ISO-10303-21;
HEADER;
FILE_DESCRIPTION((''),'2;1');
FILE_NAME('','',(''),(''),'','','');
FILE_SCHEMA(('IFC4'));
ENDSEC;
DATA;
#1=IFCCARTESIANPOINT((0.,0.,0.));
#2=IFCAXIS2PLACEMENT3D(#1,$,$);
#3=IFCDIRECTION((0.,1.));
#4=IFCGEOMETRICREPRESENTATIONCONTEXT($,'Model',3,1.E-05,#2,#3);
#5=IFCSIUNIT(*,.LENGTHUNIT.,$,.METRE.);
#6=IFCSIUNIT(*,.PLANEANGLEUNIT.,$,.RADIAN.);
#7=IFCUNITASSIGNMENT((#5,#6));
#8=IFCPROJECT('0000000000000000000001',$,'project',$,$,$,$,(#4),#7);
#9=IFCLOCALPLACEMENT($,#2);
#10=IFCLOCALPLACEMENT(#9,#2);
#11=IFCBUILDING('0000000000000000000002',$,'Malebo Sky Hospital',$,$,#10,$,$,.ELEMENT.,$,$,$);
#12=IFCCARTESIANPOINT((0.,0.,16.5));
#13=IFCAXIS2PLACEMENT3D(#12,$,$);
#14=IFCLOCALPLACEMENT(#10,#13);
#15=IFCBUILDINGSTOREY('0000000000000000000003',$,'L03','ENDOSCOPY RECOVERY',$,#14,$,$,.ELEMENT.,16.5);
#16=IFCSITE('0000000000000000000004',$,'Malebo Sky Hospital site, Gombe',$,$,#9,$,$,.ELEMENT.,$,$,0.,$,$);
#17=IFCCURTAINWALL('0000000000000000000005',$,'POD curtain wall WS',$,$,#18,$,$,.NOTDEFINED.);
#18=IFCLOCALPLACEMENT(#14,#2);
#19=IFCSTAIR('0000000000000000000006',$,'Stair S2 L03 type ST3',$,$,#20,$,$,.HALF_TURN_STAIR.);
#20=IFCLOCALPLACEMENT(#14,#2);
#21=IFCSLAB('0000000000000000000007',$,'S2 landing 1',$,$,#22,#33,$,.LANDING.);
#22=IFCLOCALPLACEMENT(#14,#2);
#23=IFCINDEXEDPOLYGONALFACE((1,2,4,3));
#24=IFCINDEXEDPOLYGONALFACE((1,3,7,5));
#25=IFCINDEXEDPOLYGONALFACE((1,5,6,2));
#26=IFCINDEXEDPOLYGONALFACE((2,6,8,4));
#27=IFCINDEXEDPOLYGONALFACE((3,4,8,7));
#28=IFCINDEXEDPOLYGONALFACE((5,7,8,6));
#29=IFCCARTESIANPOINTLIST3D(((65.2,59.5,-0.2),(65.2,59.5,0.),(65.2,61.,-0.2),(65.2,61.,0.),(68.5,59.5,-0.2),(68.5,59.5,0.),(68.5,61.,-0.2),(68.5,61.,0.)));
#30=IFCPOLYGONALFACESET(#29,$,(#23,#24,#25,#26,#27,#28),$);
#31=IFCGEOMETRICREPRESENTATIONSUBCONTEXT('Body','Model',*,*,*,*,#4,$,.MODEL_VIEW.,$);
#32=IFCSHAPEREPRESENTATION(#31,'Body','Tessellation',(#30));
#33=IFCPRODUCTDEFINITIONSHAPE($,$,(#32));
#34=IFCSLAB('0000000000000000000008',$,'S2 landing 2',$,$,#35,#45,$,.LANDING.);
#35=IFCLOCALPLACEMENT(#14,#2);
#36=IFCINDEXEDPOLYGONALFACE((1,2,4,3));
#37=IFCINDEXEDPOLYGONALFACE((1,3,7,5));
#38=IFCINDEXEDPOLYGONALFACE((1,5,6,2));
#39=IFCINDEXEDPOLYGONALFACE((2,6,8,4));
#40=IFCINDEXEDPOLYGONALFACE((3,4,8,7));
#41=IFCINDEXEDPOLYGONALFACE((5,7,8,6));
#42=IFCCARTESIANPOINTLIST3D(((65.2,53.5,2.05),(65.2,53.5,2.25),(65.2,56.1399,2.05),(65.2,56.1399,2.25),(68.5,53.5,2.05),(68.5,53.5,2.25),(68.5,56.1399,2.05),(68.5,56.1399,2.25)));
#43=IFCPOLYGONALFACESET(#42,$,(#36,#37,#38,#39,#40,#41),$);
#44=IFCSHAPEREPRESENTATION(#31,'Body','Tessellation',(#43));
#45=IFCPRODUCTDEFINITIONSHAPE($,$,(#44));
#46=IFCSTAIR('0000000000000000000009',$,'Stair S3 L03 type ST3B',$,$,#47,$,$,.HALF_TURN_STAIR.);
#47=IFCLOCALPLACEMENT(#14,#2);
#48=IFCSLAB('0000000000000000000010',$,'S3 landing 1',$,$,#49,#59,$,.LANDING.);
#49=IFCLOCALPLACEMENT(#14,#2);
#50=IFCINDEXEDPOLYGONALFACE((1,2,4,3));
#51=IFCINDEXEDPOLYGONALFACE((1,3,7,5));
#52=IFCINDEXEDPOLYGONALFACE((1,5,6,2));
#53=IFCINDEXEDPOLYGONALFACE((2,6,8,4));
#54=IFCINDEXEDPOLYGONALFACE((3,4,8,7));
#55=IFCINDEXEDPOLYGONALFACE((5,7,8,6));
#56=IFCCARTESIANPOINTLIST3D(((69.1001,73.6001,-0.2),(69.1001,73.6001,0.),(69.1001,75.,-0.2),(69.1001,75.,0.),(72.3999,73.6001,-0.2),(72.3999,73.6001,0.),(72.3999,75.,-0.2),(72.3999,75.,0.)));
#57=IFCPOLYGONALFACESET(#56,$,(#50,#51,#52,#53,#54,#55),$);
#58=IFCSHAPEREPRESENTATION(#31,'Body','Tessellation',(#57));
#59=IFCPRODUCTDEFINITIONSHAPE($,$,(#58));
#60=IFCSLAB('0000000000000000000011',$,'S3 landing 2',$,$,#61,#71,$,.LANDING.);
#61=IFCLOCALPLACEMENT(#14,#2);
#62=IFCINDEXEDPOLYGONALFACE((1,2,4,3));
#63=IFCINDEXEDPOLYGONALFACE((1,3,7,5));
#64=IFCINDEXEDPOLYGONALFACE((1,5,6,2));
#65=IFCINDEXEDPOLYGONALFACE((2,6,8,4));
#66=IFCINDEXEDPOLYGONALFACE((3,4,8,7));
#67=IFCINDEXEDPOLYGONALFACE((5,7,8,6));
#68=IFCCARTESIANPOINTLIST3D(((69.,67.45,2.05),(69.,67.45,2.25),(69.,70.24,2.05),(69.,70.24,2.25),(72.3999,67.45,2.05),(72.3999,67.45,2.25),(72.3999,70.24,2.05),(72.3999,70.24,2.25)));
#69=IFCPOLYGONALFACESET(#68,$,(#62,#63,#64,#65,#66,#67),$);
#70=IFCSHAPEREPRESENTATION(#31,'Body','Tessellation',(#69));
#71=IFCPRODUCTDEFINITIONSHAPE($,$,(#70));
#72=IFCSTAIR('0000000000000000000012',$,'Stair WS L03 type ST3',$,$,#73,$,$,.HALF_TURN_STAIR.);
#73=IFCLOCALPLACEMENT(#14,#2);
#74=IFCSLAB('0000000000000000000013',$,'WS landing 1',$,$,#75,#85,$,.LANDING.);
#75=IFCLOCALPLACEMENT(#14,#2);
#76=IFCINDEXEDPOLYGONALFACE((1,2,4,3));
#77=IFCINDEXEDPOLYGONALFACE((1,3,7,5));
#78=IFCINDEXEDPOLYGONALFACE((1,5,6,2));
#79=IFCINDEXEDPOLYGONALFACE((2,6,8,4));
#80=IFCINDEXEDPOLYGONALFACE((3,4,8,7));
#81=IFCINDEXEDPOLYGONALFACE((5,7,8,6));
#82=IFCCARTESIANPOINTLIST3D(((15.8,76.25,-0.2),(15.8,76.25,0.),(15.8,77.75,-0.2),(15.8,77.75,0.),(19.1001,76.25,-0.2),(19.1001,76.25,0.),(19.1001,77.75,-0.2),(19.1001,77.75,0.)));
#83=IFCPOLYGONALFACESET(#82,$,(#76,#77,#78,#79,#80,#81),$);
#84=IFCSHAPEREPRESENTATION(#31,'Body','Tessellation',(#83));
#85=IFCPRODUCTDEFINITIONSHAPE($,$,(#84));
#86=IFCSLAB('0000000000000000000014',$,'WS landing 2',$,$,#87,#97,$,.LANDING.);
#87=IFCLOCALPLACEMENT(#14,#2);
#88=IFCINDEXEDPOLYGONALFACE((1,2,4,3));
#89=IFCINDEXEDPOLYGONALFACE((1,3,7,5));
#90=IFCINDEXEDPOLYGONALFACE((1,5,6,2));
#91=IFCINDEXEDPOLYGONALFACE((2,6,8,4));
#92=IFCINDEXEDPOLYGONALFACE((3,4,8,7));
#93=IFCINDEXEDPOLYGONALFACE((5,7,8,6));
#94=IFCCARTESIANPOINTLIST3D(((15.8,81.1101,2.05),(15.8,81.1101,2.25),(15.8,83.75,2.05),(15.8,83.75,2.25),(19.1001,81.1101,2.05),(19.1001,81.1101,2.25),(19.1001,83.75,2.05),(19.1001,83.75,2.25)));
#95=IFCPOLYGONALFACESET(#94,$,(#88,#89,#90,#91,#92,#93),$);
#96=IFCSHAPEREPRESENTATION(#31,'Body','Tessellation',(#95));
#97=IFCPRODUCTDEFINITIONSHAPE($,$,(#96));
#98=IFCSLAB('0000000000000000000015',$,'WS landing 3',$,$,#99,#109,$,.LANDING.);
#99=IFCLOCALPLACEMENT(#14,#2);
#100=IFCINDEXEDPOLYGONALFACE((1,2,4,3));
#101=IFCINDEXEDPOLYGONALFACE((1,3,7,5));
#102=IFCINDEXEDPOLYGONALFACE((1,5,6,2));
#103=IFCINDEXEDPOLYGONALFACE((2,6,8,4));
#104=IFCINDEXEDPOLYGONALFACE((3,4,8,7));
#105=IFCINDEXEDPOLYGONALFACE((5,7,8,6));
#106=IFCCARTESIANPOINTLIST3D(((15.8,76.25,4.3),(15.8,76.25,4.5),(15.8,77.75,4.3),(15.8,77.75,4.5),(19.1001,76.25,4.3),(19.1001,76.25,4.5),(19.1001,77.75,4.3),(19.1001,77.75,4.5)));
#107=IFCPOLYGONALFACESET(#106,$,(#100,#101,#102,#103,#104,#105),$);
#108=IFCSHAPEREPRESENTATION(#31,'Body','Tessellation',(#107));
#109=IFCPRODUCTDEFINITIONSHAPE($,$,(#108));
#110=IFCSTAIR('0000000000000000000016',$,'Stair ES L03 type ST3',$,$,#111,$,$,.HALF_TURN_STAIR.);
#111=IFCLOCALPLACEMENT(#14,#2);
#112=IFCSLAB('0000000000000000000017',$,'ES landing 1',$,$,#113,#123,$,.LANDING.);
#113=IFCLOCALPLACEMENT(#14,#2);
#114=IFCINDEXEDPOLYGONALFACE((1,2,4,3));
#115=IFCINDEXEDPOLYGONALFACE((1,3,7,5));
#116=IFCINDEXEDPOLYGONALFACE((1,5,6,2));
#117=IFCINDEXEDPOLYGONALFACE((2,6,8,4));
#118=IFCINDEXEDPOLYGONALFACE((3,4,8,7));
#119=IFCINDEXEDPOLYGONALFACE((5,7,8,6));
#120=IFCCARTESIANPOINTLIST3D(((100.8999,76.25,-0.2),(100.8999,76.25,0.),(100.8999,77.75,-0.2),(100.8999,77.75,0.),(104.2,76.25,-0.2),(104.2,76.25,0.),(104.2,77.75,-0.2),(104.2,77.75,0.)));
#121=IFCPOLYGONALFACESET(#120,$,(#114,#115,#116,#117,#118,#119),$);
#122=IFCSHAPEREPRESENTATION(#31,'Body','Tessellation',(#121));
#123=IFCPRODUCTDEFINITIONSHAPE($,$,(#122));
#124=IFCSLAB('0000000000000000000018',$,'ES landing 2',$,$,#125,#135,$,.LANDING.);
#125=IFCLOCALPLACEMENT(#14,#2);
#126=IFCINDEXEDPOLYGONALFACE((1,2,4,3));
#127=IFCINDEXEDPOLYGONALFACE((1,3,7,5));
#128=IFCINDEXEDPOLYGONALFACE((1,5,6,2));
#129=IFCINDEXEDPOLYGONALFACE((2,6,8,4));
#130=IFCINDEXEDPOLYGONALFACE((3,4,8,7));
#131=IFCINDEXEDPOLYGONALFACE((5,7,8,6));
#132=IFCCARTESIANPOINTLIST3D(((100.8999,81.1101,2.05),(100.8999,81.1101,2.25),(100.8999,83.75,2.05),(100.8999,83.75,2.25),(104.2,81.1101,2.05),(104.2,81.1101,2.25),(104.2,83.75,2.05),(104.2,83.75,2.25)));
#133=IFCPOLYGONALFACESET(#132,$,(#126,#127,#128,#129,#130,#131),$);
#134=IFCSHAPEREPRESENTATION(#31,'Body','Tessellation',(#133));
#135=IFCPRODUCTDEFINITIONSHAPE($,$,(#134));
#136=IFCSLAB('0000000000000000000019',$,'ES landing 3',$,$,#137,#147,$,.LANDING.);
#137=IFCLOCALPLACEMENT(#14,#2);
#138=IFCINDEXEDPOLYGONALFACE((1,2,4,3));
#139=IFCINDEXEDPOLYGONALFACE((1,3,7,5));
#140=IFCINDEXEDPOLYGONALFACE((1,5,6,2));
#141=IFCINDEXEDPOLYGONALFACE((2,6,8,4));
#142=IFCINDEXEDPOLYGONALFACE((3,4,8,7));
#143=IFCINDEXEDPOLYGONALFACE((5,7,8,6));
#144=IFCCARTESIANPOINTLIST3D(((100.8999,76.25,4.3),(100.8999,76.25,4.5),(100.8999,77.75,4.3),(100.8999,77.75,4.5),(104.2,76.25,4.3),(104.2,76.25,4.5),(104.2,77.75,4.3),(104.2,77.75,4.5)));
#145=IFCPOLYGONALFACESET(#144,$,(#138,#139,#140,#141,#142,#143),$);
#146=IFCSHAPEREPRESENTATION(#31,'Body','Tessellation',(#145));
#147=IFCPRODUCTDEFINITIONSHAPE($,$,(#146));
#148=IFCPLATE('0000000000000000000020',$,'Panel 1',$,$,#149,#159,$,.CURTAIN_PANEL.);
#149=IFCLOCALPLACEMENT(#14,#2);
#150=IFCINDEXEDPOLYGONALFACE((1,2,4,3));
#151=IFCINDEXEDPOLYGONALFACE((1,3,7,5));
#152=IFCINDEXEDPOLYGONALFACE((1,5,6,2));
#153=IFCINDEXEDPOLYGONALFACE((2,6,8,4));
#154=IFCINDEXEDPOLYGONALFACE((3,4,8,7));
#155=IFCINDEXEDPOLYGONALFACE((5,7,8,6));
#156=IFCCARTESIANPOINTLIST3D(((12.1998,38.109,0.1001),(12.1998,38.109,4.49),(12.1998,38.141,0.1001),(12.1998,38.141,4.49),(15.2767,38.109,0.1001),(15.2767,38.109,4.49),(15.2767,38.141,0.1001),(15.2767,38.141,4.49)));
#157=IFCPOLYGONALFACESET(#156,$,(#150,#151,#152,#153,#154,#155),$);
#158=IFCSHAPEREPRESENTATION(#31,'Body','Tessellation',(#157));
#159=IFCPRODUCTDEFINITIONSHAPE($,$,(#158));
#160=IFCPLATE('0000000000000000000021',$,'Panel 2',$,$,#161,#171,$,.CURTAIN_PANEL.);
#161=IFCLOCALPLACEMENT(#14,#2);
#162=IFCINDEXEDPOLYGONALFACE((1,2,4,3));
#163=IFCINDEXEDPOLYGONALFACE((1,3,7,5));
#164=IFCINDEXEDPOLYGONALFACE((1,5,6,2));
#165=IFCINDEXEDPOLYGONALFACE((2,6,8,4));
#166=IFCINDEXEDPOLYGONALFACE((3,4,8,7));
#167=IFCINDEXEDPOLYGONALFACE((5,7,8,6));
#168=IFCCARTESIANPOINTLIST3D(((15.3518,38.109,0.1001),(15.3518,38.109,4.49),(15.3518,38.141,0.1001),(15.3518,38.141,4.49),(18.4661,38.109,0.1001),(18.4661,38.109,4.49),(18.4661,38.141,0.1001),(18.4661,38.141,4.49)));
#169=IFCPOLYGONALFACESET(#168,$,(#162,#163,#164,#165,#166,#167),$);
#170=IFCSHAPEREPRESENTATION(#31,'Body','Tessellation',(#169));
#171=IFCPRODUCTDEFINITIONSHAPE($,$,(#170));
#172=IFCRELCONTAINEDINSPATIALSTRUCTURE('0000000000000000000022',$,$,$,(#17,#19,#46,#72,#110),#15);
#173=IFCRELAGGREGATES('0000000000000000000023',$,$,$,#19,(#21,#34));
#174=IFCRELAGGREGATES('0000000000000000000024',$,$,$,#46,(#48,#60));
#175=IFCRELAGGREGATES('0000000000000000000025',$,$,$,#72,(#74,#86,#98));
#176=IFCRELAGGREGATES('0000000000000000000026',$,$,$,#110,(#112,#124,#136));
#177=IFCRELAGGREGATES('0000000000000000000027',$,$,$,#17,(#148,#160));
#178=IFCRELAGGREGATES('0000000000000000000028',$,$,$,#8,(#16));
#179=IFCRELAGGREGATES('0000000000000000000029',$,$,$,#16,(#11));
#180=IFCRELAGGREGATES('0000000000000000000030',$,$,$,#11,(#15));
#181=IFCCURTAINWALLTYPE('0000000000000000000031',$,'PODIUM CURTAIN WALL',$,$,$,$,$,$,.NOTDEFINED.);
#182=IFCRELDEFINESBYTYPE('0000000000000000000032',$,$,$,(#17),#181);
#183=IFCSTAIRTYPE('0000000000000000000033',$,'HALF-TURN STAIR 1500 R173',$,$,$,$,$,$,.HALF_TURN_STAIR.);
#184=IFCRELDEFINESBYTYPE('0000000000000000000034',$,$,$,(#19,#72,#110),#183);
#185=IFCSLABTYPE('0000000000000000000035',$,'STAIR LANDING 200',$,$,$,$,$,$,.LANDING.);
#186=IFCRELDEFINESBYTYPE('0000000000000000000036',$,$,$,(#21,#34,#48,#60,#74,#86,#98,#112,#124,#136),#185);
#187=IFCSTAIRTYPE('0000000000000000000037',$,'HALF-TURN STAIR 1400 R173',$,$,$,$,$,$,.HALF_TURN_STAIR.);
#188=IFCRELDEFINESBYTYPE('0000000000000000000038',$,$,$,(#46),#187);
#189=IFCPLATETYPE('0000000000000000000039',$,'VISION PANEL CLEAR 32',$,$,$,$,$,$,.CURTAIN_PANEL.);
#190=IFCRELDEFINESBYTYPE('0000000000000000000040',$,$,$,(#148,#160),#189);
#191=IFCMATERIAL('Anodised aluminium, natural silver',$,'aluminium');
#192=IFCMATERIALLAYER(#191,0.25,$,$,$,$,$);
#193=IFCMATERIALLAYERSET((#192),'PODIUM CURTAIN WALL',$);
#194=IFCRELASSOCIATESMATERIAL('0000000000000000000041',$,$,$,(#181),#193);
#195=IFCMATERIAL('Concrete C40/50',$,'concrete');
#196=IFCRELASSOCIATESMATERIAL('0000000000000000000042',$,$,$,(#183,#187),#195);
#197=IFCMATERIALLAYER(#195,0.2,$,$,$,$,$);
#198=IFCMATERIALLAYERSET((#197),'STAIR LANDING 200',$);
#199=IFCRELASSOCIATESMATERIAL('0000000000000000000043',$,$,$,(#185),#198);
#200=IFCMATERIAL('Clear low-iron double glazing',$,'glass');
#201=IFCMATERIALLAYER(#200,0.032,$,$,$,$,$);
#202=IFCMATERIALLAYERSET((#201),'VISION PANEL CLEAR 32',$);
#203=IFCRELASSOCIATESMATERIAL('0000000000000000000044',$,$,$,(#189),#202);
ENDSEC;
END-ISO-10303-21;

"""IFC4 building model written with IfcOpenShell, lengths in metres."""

from ifc_helpers import new_model, si_unit, direction, frame, origin, origin_2d, place, context, subcontext, project, spatial, polyline, rectangle, outline, extrude, material, layer, layer_set, type_object, element, aggregate, save


model = new_model("IFC4")

# Units and contexts
model_context = context("Model", 3, precision=1e-05, world=origin(), true_north=direction((0.0, 1.0)))
body_context = subcontext(model_context, "Body", "Model", "MODEL_VIEW")
ifc_project = project(units=[si_unit("LENGTHUNIT", "METRE"), si_unit("PLANEANGLEUNIT", "RADIAN")], contexts=[model_context])

# Site, building, storey
site_placement = place(None, origin())
site = spatial("IfcSite", under=ifc_project, at=site_placement, Name="Malebo Sky Hospital site, Gombe", CompositionType="ELEMENT", RefElevation=0.0)
building_placement = place(site_placement, origin())
building = spatial("IfcBuilding", under=site, at=building_placement, Name="Malebo Sky Hospital", CompositionType="ELEMENT")
storey_placement = place(building_placement, frame((0.0, 0.0, 16.5)))
storey = spatial("IfcBuildingStorey", under=building, at=storey_placement, Name="L03", Description="ENDOSCOPY RECOVERY", CompositionType="ELEMENT", Elevation=16.5)

# Curtain wall
ifc_material_1 = material(Name="Anodised aluminium, natural silver", Category="aluminium")
ifc_layer_1 = layer(ifc_material_1, 0.25)
ifc_layer_set_1 = layer_set([ifc_layer_1], Name="PODIUM CURTAIN WALL")
curtain_wall_type = type_object("IfcCurtainWallType", Name="PODIUM CURTAIN WALL", PredefinedType="NOTDEFINED", material=ifc_layer_set_1)
curtain_wall_placement = place(storey_placement, origin())
curtain_wall = element("IfcCurtainWall", 1, at=curtain_wall_placement, inside=storey, type_object=curtain_wall_type, Name="POD curtain wall WS", PredefinedType="NOTDEFINED")

# Shared definitions
ifc_material_2 = material(Name="Concrete C40/50", Category="concrete")

# Stairs, slabs
stair_type_1 = type_object("IfcStairType", Name="HALF-TURN STAIR 1500 R173", PredefinedType="HALF_TURN_STAIR", material=ifc_material_2)
ifc_layer_2 = layer(ifc_material_2, 0.2)
ifc_layer_set_2 = layer_set([ifc_layer_2], Name="STAIR LANDING 200")
slab_type_1 = type_object("IfcSlabType", Name="STAIR LANDING 200", PredefinedType="LANDING", material=ifc_layer_set_2)
stair_1_placement = place(storey_placement, origin())
stair_1 = element("IfcStair", 2, at=stair_1_placement, inside=storey, type_object=stair_type_1, Name="Stair S2 L03 type ST3", PredefinedType="HALF_TURN_STAIR")
slab_1_placement = place(storey_placement, frame((0.0, 0.0, -0.2)))
slab_1 = element("IfcSlab", 3, at=slab_1_placement, type_object=slab_type_1, Name="S2 landing 1", PredefinedType="LANDING", context=body_context, shape_type="SweptSolid", body=[
    extrude(outline(polyline([(65.2, 59.5), (68.5, 59.5), (68.5, 61.0), (65.2, 61.0), (65.2, 59.5)])), origin(), (0.0, 0.0, 1.0), 0.2),
])
slab_2_placement = place(storey_placement, frame((0.0, 0.0, 2.05)))
slab_2 = element("IfcSlab", 4, at=slab_2_placement, type_object=slab_type_1, Name="S2 landing 2", PredefinedType="LANDING", context=body_context, shape_type="SweptSolid", body=[
    extrude(outline(polyline([(65.2, 53.5), (68.5, 53.5), (68.5, 56.1399), (65.2, 56.1399), (65.2, 53.5)])), origin(), (0.0, 0.0, 1.0), 0.2),
])
aggregate(stair_1, [slab_1, slab_2])
stair_type_2 = type_object("IfcStairType", Name="HALF-TURN STAIR 1400 R173", PredefinedType="HALF_TURN_STAIR", material=ifc_material_2)
stair_2_placement = place(storey_placement, origin())
stair_2 = element("IfcStair", 5, at=stair_2_placement, inside=storey, type_object=stair_type_2, Name="Stair S3 L03 type ST3B", PredefinedType="HALF_TURN_STAIR")
slab_3_placement = place(storey_placement, frame((0.0, 0.0, -0.2)))
slab_3 = element("IfcSlab", 6, at=slab_3_placement, type_object=slab_type_1, Name="S3 landing 1", PredefinedType="LANDING", context=body_context, shape_type="SweptSolid", body=[
    extrude(outline(polyline([(69.1001, 73.6001), (72.3999, 73.6001), (72.3999, 75.0), (69.1001, 75.0), (69.1001, 73.6001)])), origin(), (0.0, 0.0, 1.0), 0.2),
])
slab_4_placement = place(storey_placement, frame((0.0, 0.0, 2.05)))
slab_4 = element("IfcSlab", 7, at=slab_4_placement, type_object=slab_type_1, Name="S3 landing 2", PredefinedType="LANDING", context=body_context, shape_type="SweptSolid", body=[
    extrude(outline(polyline([(69.0, 67.45), (72.3999, 67.45), (72.3999, 70.24), (69.0, 70.24), (69.0, 67.45)])), origin(), (0.0, 0.0, 1.0), 0.2),
])
aggregate(stair_2, [slab_3, slab_4])
stair_3_placement = place(storey_placement, origin())
stair_3 = element("IfcStair", 8, at=stair_3_placement, inside=storey, type_object=stair_type_1, Name="Stair WS L03 type ST3", PredefinedType="HALF_TURN_STAIR")
slab_5_placement = place(storey_placement, frame((0.0, 0.0, -0.2)))
slab_5 = element("IfcSlab", 9, at=slab_5_placement, type_object=slab_type_1, Name="WS landing 1", PredefinedType="LANDING", context=body_context, shape_type="SweptSolid", body=[
    extrude(outline(polyline([(15.8, 76.25), (19.1001, 76.25), (19.1001, 77.75), (15.8, 77.75), (15.8, 76.25)])), origin(), (0.0, 0.0, 1.0), 0.2),
])
slab_6_placement = place(storey_placement, frame((0.0, 0.0, 2.05)))
slab_6 = element("IfcSlab", 10, at=slab_6_placement, type_object=slab_type_1, Name="WS landing 2", PredefinedType="LANDING", context=body_context, shape_type="SweptSolid", body=[
    extrude(outline(polyline([(15.8, 81.1101), (19.1001, 81.1101), (19.1001, 83.75), (15.8, 83.75), (15.8, 81.1101)])), origin(), (0.0, 0.0, 1.0), 0.2),
])
slab_7_placement = place(storey_placement, frame((0.0, 0.0, 4.3)))
slab_7 = element("IfcSlab", 11, at=slab_7_placement, type_object=slab_type_1, Name="WS landing 3", PredefinedType="LANDING", context=body_context, shape_type="SweptSolid", body=[
    extrude(outline(polyline([(15.8, 76.25), (19.1001, 76.25), (19.1001, 77.75), (15.8, 77.75), (15.8, 76.25)])), origin(), (0.0, 0.0, 1.0), 0.2),
])
aggregate(stair_3, [slab_5, slab_6, slab_7])
stair_4_placement = place(storey_placement, origin())
stair_4 = element("IfcStair", 12, at=stair_4_placement, inside=storey, type_object=stair_type_1, Name="Stair ES L03 type ST3", PredefinedType="HALF_TURN_STAIR")
slab_8_placement = place(storey_placement, frame((0.0, 0.0, -0.2)))
slab_8 = element("IfcSlab", 13, at=slab_8_placement, type_object=slab_type_1, Name="ES landing 1", PredefinedType="LANDING", context=body_context, shape_type="SweptSolid", body=[
    extrude(outline(polyline([(100.8999, 76.25), (104.2, 76.25), (104.2, 77.75), (100.8999, 77.75), (100.8999, 76.25)])), origin(), (0.0, 0.0, 1.0), 0.2),
])
slab_9_placement = place(storey_placement, frame((0.0, 0.0, 2.05)))
slab_9 = element("IfcSlab", 14, at=slab_9_placement, type_object=slab_type_1, Name="ES landing 2", PredefinedType="LANDING", context=body_context, shape_type="SweptSolid", body=[
    extrude(outline(polyline([(100.8999, 81.1101), (104.2, 81.1101), (104.2, 83.75), (100.8999, 83.75), (100.8999, 81.1101)])), origin(), (0.0, 0.0, 1.0), 0.2),
])
slab_10_placement = place(storey_placement, frame((0.0, 0.0, 4.3)))
slab_10 = element("IfcSlab", 15, at=slab_10_placement, type_object=slab_type_1, Name="ES landing 3", PredefinedType="LANDING", context=body_context, shape_type="SweptSolid", body=[
    extrude(outline(polyline([(100.8999, 76.25), (104.2, 76.25), (104.2, 77.75), (100.8999, 77.75), (100.8999, 76.25)])), origin(), (0.0, 0.0, 1.0), 0.2),
])
aggregate(stair_4, [slab_8, slab_9, slab_10])

# Plates
ifc_material_3 = material(Name="Clear low-iron double glazing", Category="glass")
ifc_layer_3 = layer(ifc_material_3, 0.032)
ifc_layer_set_3 = layer_set([ifc_layer_3], Name="VISION PANEL CLEAR 32")
plate_type = type_object("IfcPlateType", Name="VISION PANEL CLEAR 32", PredefinedType="CURTAIN_PANEL", material=ifc_layer_set_3)
plate_1_placement = place(storey_placement, frame((13.7383, 38.125, 0.1001), z_axis=(0.0, 0.0, 1.0), x_axis=(1.0, 0.0, 0.0)))
plate_1 = element("IfcPlate", 16, at=plate_1_placement, type_object=plate_type, Name="Panel 1", PredefinedType="CURTAIN_PANEL", context=body_context, shape_type="SweptSolid", body=[
    extrude(rectangle(XDim=3.0769, YDim=0.032, at=origin_2d()), origin(), (0.0, 0.0, 1.0), 4.3899),
])
plate_2_placement = place(storey_placement, frame((16.9089, 38.125, 0.1001), z_axis=(0.0, 0.0, 1.0), x_axis=(1.0, 0.0, 0.0)))
plate_2 = element("IfcPlate", 17, at=plate_2_placement, type_object=plate_type, Name="Panel 2", PredefinedType="CURTAIN_PANEL", context=body_context, shape_type="SweptSolid", body=[
    extrude(rectangle(XDim=3.1143, YDim=0.032, at=origin_2d()), origin(), (0.0, 0.0, 1.0), 4.3899),
])
aggregate(curtain_wall, [plate_1, plate_2])

save(model, "model.ifc")
